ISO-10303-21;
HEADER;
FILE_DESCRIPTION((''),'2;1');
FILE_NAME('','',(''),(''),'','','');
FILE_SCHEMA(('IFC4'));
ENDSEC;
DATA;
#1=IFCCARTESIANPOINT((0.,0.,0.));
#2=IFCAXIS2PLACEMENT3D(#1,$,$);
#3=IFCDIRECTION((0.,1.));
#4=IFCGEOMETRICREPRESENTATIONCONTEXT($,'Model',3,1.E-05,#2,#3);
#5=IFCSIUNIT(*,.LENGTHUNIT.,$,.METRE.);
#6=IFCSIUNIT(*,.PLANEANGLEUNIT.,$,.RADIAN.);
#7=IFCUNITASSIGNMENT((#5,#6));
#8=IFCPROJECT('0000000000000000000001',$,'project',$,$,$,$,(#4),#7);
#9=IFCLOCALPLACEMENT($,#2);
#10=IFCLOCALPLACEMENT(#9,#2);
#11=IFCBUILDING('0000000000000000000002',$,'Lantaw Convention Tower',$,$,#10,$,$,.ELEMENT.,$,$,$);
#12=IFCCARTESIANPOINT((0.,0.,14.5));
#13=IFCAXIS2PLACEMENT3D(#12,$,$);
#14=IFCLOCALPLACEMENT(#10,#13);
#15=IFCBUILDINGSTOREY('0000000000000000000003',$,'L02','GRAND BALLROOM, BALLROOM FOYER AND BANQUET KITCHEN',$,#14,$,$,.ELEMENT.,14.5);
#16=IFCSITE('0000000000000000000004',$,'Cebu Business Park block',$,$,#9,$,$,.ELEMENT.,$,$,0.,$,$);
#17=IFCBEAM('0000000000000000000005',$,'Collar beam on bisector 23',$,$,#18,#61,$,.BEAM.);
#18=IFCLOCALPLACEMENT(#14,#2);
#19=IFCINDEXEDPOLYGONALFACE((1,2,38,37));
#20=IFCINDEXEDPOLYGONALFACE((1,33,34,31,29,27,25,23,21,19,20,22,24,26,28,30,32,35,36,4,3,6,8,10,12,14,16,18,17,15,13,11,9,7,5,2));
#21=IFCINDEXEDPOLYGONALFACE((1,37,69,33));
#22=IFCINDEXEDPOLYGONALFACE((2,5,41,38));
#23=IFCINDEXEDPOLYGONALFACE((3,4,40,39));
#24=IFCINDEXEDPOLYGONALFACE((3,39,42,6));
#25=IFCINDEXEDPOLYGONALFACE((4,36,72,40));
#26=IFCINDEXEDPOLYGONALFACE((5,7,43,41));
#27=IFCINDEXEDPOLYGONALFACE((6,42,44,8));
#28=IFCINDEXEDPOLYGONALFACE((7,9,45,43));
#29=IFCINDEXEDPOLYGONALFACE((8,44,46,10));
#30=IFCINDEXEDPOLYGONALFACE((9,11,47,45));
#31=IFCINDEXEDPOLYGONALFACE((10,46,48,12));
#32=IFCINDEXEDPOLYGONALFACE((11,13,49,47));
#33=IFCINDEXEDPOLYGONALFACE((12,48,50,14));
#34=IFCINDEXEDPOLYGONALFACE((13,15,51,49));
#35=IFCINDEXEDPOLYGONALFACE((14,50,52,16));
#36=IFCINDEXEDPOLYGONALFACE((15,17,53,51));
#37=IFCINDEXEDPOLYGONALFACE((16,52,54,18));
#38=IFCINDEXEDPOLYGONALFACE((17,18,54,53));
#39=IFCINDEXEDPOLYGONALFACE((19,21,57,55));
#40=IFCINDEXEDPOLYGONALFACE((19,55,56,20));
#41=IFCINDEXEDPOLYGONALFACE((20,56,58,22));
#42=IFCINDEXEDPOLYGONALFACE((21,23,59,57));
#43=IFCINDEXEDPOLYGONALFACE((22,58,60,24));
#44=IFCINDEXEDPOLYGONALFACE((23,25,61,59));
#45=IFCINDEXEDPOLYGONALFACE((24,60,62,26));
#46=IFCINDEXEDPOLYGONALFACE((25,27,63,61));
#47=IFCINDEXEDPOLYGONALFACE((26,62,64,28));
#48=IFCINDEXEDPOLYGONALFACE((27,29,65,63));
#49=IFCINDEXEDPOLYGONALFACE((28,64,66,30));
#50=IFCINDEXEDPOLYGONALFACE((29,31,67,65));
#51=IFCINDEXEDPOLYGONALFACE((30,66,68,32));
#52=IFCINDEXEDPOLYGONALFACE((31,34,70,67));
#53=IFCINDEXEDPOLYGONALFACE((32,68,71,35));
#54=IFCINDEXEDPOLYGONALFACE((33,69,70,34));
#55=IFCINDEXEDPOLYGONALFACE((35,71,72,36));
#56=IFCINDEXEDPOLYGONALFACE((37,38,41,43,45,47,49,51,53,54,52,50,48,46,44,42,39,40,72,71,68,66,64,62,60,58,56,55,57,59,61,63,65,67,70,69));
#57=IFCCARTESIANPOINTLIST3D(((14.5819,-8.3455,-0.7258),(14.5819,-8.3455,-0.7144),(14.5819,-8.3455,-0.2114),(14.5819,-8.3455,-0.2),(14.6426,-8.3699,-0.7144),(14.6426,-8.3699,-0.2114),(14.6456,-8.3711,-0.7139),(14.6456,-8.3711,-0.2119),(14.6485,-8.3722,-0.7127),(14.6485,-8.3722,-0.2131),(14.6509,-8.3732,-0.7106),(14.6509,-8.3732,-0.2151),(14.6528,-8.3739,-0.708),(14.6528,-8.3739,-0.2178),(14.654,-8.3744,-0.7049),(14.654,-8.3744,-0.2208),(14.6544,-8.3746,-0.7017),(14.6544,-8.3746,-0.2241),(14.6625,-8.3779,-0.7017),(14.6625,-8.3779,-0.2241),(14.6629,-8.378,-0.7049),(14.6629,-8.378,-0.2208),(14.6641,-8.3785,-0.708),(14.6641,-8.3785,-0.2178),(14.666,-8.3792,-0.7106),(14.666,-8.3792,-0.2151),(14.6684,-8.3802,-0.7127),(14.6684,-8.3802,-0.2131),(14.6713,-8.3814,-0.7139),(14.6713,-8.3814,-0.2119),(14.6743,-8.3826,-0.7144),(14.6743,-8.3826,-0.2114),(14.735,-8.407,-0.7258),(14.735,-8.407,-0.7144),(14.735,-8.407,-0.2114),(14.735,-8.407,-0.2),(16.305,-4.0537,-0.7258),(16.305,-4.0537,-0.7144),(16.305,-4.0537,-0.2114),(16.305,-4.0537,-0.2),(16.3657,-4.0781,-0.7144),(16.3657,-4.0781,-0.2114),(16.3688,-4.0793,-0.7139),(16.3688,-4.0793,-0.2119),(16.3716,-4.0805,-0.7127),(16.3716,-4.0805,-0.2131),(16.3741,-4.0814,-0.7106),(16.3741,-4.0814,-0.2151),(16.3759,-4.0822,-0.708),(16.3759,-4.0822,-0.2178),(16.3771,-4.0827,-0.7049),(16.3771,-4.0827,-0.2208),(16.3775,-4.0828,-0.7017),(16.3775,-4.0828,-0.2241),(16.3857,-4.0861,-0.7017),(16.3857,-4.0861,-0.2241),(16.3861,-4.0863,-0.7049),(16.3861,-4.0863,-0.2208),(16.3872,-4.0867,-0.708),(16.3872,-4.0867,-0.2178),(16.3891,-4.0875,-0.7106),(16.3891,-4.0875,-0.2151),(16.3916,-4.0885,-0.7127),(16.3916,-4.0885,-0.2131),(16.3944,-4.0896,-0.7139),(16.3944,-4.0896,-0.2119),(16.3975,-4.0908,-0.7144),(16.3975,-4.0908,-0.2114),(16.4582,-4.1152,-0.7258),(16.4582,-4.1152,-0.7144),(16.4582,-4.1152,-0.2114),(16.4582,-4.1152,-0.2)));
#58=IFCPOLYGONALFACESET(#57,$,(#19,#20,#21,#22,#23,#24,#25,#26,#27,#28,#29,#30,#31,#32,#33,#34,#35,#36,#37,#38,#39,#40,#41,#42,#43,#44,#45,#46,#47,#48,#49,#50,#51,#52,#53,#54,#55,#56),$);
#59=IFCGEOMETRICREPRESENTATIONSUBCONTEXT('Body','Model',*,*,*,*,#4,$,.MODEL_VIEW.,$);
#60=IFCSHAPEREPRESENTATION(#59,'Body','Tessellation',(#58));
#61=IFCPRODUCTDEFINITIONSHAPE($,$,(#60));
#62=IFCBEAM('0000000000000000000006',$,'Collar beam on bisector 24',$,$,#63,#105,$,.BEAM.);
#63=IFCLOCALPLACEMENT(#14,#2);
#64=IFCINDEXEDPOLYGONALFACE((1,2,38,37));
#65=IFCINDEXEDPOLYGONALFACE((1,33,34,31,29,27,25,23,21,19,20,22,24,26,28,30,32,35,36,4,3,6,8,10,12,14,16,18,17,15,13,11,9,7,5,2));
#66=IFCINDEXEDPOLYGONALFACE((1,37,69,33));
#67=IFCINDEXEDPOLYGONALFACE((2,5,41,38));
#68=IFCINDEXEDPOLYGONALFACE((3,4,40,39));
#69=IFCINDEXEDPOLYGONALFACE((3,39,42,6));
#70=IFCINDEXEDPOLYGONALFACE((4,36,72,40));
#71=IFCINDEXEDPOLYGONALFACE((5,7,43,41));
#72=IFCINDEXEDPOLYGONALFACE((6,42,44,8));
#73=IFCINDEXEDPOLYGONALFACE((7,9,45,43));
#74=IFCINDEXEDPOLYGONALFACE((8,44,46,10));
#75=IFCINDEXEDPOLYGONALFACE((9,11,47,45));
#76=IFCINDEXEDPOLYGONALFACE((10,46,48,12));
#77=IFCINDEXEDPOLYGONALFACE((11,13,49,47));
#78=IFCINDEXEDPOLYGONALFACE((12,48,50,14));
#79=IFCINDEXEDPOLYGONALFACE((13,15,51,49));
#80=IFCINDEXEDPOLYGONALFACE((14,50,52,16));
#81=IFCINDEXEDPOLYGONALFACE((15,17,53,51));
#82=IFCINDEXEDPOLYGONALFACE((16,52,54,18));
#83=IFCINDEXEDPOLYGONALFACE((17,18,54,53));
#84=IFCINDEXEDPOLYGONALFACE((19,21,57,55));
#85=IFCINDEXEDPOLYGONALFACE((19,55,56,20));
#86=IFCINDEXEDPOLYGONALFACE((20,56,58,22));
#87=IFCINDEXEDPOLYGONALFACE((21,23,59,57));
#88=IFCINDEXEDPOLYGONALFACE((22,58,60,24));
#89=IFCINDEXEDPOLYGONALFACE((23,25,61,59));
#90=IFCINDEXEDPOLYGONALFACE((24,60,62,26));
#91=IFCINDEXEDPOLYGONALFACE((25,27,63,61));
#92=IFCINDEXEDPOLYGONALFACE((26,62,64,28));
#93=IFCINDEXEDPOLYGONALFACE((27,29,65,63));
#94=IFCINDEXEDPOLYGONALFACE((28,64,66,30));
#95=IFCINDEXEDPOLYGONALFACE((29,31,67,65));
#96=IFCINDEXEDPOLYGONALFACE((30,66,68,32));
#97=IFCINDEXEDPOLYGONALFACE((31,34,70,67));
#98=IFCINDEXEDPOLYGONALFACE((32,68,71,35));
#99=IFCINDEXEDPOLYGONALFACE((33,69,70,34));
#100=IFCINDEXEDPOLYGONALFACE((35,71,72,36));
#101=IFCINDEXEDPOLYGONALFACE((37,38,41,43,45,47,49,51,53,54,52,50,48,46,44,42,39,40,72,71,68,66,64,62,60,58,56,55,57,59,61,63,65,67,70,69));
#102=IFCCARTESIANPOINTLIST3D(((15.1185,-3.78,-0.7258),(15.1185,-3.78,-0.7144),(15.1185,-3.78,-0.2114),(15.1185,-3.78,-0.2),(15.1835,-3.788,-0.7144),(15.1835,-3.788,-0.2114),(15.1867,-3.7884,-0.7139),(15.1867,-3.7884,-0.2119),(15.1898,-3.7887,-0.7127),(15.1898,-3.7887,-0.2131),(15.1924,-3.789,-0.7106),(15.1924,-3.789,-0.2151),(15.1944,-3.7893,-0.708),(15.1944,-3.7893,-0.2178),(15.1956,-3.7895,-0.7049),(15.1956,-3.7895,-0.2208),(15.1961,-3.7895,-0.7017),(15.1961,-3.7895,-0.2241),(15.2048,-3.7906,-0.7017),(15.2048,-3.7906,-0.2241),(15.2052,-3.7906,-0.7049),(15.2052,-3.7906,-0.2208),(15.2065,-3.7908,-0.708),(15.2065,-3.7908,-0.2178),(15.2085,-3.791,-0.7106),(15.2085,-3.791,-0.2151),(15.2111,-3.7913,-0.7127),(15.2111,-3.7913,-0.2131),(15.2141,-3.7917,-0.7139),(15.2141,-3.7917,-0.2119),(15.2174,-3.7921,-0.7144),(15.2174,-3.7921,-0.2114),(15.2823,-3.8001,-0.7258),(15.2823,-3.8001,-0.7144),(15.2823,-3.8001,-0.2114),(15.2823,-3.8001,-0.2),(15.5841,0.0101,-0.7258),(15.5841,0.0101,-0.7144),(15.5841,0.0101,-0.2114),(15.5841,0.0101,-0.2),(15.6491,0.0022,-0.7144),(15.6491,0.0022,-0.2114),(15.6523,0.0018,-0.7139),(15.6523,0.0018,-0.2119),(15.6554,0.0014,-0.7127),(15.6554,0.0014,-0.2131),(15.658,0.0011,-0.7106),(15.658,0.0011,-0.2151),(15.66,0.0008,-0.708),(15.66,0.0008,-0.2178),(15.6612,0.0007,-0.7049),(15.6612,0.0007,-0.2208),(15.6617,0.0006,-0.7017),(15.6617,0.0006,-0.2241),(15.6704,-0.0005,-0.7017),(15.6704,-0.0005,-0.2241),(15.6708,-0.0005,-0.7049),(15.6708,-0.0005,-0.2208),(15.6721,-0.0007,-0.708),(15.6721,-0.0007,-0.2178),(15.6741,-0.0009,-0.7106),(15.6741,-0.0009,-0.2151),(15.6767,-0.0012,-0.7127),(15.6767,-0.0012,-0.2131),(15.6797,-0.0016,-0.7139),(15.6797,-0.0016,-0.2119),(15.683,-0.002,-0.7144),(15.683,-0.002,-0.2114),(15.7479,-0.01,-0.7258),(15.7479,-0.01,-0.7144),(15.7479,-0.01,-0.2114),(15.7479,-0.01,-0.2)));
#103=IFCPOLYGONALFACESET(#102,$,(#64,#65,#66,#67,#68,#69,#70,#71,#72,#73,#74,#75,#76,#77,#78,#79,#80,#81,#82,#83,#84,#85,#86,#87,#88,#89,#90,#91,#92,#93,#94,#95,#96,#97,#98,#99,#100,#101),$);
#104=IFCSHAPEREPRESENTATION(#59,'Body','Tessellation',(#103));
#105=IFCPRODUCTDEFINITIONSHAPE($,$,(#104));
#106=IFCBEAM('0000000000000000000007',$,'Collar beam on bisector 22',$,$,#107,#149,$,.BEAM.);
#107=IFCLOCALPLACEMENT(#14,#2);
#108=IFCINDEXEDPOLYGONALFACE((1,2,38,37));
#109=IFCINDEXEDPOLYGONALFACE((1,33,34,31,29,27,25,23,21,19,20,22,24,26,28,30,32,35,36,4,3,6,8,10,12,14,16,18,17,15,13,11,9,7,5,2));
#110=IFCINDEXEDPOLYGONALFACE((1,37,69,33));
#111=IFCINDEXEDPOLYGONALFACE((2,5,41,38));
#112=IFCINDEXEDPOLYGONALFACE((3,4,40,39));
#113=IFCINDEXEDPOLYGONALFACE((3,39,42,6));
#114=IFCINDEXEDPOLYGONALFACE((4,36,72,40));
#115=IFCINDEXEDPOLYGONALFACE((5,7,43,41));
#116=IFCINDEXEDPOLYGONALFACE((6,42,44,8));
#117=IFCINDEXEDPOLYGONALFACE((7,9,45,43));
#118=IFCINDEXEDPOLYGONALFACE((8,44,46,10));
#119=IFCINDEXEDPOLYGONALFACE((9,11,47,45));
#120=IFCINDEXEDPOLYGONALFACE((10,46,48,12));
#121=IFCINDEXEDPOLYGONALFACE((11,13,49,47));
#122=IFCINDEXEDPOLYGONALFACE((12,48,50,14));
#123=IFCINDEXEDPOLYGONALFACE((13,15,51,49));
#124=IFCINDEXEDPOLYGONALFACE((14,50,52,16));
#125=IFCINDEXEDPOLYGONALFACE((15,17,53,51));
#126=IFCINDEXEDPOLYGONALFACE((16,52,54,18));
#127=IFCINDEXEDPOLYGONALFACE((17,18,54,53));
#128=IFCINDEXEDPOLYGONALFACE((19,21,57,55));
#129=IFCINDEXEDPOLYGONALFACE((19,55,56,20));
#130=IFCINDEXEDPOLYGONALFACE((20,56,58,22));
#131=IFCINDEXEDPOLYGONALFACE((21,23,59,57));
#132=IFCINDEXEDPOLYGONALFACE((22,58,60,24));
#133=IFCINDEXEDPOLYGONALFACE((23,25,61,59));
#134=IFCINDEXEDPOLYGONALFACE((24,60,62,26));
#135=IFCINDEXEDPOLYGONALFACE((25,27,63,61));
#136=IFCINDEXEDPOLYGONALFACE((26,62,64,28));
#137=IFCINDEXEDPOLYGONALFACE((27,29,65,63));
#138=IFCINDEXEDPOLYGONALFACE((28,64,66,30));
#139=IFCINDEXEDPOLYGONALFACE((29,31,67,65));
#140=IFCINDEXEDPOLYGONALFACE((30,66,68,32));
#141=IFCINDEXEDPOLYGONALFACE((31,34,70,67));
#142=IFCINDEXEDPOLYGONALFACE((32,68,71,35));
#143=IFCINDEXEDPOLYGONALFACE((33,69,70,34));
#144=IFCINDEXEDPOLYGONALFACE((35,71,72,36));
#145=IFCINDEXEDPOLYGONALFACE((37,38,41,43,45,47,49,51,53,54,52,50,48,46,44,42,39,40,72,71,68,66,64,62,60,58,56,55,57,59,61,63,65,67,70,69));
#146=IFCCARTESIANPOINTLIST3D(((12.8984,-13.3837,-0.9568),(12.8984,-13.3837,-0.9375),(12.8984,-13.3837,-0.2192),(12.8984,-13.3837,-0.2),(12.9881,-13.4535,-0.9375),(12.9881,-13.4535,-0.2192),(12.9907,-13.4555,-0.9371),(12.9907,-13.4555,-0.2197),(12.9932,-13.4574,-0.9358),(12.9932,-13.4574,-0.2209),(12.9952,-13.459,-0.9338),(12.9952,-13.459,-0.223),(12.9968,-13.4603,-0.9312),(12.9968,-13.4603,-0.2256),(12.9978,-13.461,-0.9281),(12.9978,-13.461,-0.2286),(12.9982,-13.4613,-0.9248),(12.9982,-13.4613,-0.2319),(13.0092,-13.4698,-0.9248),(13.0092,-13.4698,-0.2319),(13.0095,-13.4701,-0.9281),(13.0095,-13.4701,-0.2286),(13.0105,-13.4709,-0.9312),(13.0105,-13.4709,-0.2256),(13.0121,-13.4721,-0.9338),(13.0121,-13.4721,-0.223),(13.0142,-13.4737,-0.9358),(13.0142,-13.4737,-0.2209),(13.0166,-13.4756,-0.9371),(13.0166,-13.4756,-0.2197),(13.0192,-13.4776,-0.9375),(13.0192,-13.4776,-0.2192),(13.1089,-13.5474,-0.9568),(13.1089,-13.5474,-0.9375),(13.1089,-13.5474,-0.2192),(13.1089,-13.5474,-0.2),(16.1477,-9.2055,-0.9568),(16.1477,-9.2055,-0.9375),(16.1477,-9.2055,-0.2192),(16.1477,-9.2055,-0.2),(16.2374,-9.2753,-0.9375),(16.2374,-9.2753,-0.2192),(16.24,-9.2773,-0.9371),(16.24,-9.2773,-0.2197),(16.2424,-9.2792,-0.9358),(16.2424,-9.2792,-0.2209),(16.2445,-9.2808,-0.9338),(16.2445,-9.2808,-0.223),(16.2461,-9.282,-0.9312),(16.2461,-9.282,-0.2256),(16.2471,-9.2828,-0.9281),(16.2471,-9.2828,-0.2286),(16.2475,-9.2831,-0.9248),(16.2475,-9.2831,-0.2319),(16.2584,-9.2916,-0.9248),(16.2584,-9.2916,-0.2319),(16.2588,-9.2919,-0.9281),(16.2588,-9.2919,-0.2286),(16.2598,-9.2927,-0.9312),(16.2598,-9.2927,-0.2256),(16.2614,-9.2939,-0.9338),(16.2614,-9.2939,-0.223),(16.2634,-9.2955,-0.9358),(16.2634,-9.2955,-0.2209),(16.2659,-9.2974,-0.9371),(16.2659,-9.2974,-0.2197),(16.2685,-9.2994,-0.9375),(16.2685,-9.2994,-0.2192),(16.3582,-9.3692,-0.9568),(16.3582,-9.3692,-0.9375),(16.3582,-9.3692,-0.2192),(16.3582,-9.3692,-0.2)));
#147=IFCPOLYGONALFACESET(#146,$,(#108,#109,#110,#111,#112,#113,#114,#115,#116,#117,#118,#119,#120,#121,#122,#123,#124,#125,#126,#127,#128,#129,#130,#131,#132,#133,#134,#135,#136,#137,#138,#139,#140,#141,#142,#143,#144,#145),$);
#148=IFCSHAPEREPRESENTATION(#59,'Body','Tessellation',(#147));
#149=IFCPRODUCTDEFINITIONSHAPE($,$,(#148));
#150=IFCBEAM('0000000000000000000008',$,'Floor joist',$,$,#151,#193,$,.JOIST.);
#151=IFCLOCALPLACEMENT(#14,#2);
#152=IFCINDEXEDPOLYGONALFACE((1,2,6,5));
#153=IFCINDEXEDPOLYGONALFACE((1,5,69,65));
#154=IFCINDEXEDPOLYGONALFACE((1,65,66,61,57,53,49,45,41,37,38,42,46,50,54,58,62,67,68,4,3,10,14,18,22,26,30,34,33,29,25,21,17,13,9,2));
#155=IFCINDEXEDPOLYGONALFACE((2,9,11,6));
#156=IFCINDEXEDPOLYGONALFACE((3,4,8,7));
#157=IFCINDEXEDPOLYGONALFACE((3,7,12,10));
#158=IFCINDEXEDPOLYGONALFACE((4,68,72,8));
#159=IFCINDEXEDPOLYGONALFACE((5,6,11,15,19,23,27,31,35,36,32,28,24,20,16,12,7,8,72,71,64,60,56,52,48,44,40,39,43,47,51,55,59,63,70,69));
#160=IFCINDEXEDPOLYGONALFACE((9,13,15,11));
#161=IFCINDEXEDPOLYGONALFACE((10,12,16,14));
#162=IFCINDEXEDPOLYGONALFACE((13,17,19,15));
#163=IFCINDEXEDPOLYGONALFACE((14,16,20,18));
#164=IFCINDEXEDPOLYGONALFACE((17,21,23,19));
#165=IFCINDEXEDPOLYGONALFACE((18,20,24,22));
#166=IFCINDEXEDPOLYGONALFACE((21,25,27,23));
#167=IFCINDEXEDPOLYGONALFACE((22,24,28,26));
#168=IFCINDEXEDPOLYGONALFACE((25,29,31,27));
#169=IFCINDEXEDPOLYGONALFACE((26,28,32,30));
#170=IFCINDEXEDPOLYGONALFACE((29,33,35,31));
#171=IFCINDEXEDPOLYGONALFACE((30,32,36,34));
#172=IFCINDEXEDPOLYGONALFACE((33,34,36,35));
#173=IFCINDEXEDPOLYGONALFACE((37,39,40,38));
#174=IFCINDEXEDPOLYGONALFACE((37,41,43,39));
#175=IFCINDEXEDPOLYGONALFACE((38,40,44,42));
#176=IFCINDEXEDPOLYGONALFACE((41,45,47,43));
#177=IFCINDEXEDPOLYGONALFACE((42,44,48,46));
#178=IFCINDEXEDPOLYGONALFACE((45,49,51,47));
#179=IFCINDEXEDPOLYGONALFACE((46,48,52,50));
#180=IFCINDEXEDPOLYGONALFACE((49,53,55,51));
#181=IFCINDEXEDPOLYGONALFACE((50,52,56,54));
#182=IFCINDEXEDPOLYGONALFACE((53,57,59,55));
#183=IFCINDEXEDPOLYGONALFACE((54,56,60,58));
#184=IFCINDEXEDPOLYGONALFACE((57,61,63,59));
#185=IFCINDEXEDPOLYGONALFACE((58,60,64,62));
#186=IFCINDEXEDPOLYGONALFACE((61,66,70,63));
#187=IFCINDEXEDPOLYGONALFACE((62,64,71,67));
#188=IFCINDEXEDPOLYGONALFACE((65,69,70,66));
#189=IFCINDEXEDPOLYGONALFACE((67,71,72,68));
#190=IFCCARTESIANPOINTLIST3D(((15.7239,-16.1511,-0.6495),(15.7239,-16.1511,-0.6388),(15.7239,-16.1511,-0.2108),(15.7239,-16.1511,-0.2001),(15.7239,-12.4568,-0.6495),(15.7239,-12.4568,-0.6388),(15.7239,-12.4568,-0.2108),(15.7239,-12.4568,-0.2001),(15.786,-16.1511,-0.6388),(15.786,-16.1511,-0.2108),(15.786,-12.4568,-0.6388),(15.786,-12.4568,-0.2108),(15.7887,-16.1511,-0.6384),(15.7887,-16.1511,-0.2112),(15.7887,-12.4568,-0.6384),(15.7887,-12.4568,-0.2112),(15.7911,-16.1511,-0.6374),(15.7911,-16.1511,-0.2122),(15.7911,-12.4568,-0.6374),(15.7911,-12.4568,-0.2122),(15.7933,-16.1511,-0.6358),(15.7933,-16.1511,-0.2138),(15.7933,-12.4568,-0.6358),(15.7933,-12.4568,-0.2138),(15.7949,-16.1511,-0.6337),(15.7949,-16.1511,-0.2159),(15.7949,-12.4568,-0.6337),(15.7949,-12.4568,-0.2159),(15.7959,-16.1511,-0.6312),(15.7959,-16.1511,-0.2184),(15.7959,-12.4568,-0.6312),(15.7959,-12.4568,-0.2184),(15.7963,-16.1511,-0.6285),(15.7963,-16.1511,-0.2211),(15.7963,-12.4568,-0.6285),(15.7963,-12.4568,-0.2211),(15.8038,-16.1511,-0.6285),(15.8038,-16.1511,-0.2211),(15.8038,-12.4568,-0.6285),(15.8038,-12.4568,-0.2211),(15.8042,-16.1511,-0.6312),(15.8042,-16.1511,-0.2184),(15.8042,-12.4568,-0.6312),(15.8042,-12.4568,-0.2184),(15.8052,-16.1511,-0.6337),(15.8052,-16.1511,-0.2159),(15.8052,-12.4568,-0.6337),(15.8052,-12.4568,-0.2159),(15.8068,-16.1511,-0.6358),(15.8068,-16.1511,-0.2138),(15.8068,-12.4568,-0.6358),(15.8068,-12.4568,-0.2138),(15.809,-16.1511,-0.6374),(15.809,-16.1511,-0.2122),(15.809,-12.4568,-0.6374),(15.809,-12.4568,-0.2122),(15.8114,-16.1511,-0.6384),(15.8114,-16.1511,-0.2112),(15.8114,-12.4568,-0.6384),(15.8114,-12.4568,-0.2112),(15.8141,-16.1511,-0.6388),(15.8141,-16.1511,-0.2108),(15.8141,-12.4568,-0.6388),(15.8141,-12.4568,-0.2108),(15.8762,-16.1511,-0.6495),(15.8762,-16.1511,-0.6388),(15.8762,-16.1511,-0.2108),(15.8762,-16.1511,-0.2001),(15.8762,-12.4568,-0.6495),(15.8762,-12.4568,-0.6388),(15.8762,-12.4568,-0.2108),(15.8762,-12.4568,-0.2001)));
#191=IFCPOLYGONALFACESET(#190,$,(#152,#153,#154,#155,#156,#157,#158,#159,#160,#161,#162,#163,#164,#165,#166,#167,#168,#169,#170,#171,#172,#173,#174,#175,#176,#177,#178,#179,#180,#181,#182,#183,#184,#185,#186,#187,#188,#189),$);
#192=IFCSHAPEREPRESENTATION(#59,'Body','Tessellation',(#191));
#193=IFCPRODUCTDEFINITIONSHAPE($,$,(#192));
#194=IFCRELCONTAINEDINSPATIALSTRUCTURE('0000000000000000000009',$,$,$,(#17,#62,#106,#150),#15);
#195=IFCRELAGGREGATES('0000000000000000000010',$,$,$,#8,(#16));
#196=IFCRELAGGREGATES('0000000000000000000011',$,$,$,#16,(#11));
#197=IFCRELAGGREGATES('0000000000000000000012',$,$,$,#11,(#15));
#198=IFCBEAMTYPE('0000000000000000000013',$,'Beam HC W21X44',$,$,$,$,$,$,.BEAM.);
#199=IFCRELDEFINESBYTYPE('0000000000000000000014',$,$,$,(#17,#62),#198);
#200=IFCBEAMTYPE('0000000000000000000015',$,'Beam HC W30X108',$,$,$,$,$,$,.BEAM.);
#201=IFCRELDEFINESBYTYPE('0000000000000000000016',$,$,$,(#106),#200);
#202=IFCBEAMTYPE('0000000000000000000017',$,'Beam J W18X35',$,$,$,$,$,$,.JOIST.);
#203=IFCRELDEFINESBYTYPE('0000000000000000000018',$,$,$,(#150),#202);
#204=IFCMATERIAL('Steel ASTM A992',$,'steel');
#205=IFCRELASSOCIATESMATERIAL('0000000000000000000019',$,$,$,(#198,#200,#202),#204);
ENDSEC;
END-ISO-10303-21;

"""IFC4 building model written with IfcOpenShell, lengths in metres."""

from ifc_helpers import new_model, si_unit, direction, frame, origin, origin_2d, place, context, subcontext, project, spatial, i_section, extrude, material, material_profile, profile_set, type_object, element, save


model = new_model("IFC4")

# Units and contexts
model_context = context("Model", 3, precision=1e-05, world=origin(), true_north=direction((0.0, 1.0)))
body_context = subcontext(model_context, "Body", "Model", "MODEL_VIEW")
ifc_project = project(units=[si_unit("LENGTHUNIT", "METRE"), si_unit("PLANEANGLEUNIT", "RADIAN")], contexts=[model_context])

# Site, building, storey
site_placement = place(None, origin())
site = spatial("IfcSite", under=ifc_project, at=site_placement, Name="Cebu Business Park block", CompositionType="ELEMENT", RefElevation=0.0)
building_placement = place(site_placement, origin())
building = spatial("IfcBuilding", under=site, at=building_placement, Name="Lantaw Convention Tower", CompositionType="ELEMENT")
storey_placement = place(building_placement, frame((0.0, 0.0, 14.5)))
storey = spatial("IfcBuildingStorey", under=building, at=storey_placement, Name="L02", Description="GRAND BALLROOM, BALLROOM FOYER AND BANQUET KITCHEN", CompositionType="ELEMENT", Elevation=14.5)

# Beams
ifc_material_1 = material(Name="Steel ASTM A992", Category="steel")
ifc_material_profile_1 = material_profile(ifc_material_1, i_section(OverallWidth=0.165, OverallDepth=0.5259, WebThickness=0.0088, FlangeThickness=0.0115, FilletRadius=0.0127, at=origin_2d()), Name="W21X44")
ifc_profile_set_1 = profile_set([ifc_material_profile_1], Name="Steel ASTM A992")
beam_type_1 = type_object("IfcBeamType", Name="Beam HC W21X44", PredefinedType="BEAM", material=ifc_profile_set_1)
beam_1_placement = place(storey_placement, frame((14.6584, -8.3762, -0.4629), z_axis=(0.372592, 0.927995, 0.0), x_axis=(-0.927995, 0.372592, 0.0)))
element("IfcBeam", 1, at=beam_1_placement, inside=storey, type_object=beam_type_1, Name="Collar beam on bisector 23", PredefinedType="BEAM", context=body_context, shape_type="SweptSolid", body=[
    extrude(i_section(OverallWidth=0.165, OverallDepth=0.5259, WebThickness=0.0088, FlangeThickness=0.0115, FilletRadius=0.0127, at=origin_2d()), origin(), (0.0, 0.0, 1.0), 4.6248),
])
beam_2_placement = place(storey_placement, frame((15.2004, -3.79, -0.4629), z_axis=(0.121926, 0.992539, 0.0), x_axis=(-0.992539, 0.121926, 0.0)))
element("IfcBeam", 2, at=beam_2_placement, inside=storey, type_object=beam_type_1, Name="Collar beam on bisector 24", PredefinedType="BEAM", context=body_context, shape_type="SweptSolid", body=[
    extrude(i_section(OverallWidth=0.165, OverallDepth=0.5259, WebThickness=0.0088, FlangeThickness=0.0115, FilletRadius=0.0127, at=origin_2d()), origin(), (0.0, 0.0, 1.0), 3.8186),
])
ifc_material_profile_2 = material_profile(ifc_material_1, i_section(OverallWidth=0.2666, OverallDepth=0.7568, WebThickness=0.0139, FlangeThickness=0.0193, FilletRadius=0.0127, at=origin_2d()), Name="W30X108")
ifc_profile_set_2 = profile_set([ifc_material_profile_2], Name="Steel ASTM A992")
beam_type_2 = type_object("IfcBeamType", Name="Beam HC W30X108", PredefinedType="BEAM", material=ifc_profile_set_2)
beam_3_placement = place(storey_placement, frame((13.0037, -13.4656, -0.5784), z_axis=(0.613886, 0.789394, 0.0), x_axis=(-0.789394, 0.613886, 0.0)))
element("IfcBeam", 3, at=beam_3_placement, inside=storey, type_object=beam_type_2, Name="Collar beam on bisector 22", PredefinedType="BEAM", context=body_context, shape_type="SweptSolid", body=[
    extrude(i_section(OverallWidth=0.2666, OverallDepth=0.7568, WebThickness=0.0139, FlangeThickness=0.0193, FilletRadius=0.0127, at=origin_2d()), origin(), (0.0, 0.0, 1.0), 5.293),
])
ifc_material_profile_3 = material_profile(ifc_material_1, i_section(OverallWidth=0.1523, OverallDepth=0.4495, WebThickness=0.0076, FlangeThickness=0.0107, FilletRadius=0.0103, at=origin_2d()), Name="W18X35")
ifc_profile_set_3 = profile_set([ifc_material_profile_3], Name="Steel ASTM A992")
beam_type_3 = type_object("IfcBeamType", Name="Beam J W18X35", PredefinedType="JOIST", material=ifc_profile_set_3)
beam_4_placement = place(storey_placement, frame((15.8, -16.1511, -0.4248), z_axis=(0.0, 1.0, 0.0), x_axis=(-1.0, 0.0, 0.0)))
element("IfcBeam", 4, at=beam_4_placement, inside=storey, type_object=beam_type_3, Name="Floor joist", PredefinedType="JOIST", context=body_context, shape_type="SweptSolid", body=[
    extrude(i_section(OverallWidth=0.1523, OverallDepth=0.4495, WebThickness=0.0076, FlangeThickness=0.0107, FilletRadius=0.0103, at=origin_2d()), origin(), (0.0, 0.0, 1.0), 3.6943),
])

save(model, "model.ifc")
